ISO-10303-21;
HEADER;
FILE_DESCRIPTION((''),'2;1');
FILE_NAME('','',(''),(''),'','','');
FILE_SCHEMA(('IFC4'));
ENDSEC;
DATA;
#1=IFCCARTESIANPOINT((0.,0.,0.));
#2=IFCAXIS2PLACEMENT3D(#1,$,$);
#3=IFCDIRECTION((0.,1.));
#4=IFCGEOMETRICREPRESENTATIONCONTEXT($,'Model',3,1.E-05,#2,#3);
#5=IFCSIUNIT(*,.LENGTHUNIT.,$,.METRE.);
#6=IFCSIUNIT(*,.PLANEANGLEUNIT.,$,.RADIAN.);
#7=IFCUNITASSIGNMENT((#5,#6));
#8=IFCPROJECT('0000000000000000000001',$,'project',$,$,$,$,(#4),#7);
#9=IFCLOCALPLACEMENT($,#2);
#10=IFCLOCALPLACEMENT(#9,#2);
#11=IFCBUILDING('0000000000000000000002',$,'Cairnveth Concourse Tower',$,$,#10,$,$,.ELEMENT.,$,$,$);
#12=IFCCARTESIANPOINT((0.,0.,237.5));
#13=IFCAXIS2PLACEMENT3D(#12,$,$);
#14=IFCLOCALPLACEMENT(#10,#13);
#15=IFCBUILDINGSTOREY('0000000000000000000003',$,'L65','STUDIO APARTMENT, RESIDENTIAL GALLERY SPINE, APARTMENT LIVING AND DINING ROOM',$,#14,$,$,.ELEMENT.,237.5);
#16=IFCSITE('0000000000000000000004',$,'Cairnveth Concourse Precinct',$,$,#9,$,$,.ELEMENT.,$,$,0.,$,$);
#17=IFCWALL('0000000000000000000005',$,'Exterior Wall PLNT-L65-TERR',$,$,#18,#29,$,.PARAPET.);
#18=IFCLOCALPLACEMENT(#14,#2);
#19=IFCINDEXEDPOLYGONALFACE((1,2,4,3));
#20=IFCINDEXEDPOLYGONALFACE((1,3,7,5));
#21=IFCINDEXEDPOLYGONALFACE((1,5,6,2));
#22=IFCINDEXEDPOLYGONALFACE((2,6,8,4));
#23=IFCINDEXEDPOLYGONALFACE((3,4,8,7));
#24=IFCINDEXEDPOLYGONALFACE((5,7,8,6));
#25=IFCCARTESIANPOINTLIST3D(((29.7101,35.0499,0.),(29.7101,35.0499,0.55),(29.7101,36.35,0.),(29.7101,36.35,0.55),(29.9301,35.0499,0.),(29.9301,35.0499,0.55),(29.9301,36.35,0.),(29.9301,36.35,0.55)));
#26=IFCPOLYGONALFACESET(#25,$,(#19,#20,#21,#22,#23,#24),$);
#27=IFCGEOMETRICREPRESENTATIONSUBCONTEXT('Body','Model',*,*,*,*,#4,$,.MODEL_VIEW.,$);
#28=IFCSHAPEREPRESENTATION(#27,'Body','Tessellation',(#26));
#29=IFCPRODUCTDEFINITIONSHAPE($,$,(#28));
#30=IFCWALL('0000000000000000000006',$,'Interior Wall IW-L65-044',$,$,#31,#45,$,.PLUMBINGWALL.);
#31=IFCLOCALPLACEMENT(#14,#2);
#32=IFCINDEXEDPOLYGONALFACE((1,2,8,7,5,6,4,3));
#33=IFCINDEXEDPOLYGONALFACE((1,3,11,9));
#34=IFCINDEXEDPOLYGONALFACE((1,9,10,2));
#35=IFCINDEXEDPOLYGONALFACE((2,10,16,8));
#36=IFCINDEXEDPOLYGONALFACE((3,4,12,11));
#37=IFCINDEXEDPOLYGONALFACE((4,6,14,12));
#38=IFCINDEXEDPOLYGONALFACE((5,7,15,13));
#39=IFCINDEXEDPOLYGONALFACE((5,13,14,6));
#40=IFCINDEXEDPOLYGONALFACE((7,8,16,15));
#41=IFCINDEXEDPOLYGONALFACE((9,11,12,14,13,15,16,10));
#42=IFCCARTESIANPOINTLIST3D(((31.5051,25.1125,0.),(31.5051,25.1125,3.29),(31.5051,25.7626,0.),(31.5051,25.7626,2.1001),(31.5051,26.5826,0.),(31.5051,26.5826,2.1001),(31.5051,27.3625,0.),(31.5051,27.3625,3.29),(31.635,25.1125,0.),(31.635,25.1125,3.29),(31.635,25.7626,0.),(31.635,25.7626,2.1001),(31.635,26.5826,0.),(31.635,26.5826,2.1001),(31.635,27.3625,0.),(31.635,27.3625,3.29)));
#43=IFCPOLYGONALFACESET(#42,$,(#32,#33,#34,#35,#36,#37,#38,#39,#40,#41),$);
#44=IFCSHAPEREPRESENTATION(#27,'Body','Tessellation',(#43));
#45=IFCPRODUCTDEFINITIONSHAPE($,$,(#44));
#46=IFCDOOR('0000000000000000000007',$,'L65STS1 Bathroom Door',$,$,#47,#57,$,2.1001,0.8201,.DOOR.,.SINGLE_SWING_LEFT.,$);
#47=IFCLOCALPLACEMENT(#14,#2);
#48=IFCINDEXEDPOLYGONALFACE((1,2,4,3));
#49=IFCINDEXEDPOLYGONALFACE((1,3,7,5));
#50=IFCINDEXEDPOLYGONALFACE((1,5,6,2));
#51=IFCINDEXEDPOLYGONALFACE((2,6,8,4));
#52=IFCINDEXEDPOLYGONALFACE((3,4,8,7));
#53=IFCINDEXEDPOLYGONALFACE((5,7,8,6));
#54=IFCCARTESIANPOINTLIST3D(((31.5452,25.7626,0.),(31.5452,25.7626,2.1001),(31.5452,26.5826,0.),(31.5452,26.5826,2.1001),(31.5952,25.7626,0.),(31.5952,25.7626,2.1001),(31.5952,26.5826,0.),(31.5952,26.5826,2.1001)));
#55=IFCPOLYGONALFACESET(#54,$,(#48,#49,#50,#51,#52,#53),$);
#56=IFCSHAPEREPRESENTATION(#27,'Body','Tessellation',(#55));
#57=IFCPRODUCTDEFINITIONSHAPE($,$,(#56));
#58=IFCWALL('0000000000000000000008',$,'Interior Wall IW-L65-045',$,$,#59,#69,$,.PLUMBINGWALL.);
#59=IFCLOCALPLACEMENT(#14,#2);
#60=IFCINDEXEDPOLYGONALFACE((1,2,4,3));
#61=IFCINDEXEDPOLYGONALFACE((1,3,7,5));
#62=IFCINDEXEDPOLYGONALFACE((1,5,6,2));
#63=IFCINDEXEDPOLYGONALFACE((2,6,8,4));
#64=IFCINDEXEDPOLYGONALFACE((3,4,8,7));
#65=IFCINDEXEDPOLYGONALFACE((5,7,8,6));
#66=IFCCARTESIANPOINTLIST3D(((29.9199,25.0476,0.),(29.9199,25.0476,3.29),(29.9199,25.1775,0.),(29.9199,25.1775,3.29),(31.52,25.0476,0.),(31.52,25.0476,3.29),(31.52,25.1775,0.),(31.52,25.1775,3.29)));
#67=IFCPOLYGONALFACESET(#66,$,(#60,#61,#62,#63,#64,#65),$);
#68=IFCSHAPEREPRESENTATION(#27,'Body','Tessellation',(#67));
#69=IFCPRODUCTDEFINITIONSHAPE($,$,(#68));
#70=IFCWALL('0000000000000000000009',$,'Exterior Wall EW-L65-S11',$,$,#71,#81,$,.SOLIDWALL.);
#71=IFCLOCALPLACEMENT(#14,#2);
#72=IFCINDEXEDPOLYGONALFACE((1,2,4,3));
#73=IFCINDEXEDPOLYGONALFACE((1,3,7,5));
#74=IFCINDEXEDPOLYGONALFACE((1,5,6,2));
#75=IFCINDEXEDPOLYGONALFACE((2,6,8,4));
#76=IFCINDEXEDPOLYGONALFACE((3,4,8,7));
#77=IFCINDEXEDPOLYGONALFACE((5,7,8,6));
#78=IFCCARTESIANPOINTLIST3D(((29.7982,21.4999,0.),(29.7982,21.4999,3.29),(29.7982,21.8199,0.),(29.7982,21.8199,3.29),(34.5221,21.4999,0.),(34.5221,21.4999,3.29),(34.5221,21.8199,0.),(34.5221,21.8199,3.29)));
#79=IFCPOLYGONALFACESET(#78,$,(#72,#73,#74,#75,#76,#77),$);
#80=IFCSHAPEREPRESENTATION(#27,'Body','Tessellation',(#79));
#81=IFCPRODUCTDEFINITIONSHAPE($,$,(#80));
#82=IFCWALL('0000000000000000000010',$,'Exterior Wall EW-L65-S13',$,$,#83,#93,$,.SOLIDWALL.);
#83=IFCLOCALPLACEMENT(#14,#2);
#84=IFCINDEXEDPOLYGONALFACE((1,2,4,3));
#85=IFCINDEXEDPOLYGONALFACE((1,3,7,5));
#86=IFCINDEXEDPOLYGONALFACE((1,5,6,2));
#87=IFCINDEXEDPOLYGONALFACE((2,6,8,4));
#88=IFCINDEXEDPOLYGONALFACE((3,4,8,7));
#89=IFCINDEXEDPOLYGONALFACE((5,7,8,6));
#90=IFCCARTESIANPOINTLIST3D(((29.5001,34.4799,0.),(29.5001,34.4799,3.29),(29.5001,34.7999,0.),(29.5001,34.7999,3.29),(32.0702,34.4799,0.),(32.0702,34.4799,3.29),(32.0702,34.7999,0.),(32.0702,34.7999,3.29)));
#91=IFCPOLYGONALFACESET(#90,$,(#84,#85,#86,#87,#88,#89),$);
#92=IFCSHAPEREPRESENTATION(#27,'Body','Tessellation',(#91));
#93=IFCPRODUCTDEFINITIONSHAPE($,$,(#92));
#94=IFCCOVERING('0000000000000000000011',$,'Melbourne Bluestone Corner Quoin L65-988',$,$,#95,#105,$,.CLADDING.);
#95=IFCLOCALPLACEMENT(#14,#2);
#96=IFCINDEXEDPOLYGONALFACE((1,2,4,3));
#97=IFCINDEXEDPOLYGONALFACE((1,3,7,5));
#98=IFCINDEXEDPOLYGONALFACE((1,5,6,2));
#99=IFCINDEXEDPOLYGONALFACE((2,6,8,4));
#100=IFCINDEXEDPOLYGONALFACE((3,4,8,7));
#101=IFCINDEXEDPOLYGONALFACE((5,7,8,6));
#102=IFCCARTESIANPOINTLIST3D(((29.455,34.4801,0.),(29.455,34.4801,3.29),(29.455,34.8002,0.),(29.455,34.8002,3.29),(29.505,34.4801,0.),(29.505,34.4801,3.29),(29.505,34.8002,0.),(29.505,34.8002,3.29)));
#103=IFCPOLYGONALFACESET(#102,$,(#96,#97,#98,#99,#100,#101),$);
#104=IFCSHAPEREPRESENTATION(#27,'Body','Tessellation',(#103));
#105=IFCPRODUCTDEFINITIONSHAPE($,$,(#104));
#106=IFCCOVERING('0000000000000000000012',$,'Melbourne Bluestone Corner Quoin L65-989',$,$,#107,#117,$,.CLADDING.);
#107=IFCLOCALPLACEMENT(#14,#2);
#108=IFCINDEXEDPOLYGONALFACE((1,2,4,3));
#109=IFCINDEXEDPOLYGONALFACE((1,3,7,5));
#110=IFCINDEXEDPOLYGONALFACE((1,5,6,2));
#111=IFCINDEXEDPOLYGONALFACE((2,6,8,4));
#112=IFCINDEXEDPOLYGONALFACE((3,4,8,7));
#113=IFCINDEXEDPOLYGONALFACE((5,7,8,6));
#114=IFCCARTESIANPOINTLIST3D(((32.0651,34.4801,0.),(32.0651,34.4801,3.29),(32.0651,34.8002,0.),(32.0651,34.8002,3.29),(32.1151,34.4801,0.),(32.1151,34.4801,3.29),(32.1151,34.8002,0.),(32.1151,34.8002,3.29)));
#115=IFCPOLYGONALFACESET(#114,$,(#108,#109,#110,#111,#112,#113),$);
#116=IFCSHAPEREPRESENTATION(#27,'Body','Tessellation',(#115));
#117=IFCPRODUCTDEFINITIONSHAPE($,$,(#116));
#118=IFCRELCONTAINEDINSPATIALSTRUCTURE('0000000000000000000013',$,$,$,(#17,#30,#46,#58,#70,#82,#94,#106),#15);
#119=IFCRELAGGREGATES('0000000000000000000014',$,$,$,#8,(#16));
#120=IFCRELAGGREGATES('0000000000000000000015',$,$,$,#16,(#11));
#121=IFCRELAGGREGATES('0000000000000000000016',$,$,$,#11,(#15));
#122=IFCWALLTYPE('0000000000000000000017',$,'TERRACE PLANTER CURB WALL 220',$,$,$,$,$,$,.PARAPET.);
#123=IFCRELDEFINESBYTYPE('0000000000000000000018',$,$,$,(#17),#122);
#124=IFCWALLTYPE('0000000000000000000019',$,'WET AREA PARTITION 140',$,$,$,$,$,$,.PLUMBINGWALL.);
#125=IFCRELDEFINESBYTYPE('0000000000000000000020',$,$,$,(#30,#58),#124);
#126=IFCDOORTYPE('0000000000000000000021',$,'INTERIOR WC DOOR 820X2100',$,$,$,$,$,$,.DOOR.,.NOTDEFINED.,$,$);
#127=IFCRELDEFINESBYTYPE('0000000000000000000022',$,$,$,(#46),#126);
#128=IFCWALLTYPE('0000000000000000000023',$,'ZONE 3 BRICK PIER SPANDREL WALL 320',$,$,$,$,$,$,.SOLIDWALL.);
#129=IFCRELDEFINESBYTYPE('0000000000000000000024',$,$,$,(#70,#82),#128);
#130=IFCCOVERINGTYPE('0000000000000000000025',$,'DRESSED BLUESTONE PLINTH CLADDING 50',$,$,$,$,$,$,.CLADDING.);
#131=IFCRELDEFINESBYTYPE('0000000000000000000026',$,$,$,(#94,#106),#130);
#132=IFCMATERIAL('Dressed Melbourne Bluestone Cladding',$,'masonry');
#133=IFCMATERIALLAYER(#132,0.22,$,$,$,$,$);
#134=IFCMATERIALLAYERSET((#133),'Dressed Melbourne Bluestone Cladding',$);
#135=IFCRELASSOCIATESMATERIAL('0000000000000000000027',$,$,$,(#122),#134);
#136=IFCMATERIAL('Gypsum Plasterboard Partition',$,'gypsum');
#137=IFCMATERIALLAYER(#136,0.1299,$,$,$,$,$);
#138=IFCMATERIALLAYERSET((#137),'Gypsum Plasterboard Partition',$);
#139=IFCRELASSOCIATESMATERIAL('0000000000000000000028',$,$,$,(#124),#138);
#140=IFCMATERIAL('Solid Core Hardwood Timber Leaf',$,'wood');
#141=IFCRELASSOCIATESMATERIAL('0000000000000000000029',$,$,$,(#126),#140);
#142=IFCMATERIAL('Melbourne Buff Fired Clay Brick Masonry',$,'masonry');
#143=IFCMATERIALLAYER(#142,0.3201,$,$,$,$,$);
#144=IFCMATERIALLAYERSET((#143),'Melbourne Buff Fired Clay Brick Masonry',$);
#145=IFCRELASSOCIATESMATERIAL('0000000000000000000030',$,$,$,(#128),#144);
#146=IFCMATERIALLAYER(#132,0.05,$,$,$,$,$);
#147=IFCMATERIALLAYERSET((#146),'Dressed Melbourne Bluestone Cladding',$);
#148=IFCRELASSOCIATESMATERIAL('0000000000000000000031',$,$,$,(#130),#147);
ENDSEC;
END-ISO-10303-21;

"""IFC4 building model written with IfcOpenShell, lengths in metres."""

from ifc_helpers import new_model, si_unit, direction, frame, frame_2d, origin, place, context, subcontext, project, spatial, rectangle, extrude, material, layer, layer_set, type_object, element, fill, save


model = new_model("IFC4")

# Units and contexts
model_context = context("Model", 3, precision=1e-05, world=origin(), true_north=direction((0.0, 1.0)))
body_context = subcontext(model_context, "Body", "Model", "MODEL_VIEW")
ifc_project = project(units=[si_unit("LENGTHUNIT", "METRE"), si_unit("PLANEANGLEUNIT", "RADIAN")], contexts=[model_context])

# Site, building, storey
site_placement = place(None, origin())
site = spatial("IfcSite", under=ifc_project, at=site_placement, Name="Cairnveth Concourse Precinct", CompositionType="ELEMENT", RefElevation=0.0)
building_placement = place(site_placement, origin())
building = spatial("IfcBuilding", under=site, at=building_placement, Name="Cairnveth Concourse Tower", CompositionType="ELEMENT")
storey_placement = place(building_placement, frame((0.0, 0.0, 237.5)))
storey = spatial("IfcBuildingStorey", under=building, at=storey_placement, Name="L65", Description="STUDIO APARTMENT, RESIDENTIAL GALLERY SPINE, APARTMENT LIVING AND DINING ROOM", CompositionType="ELEMENT", Elevation=237.5)

# Shared definitions
ifc_material_1 = material(Name="Gypsum Plasterboard Partition", Category="gypsum")
ifc_material_2 = material(Name="Solid Core Hardwood Timber Leaf", Category="wood")

# Wall
ifc_material_3 = material(Name="Dressed Melbourne Bluestone Cladding", Category="masonry")
ifc_layer_1 = layer(ifc_material_3, 0.22)
ifc_layer_set_1 = layer_set([ifc_layer_1], Name="Dressed Melbourne Bluestone Cladding")
wall_type_1 = type_object("IfcWallType", Name="TERRACE PLANTER CURB WALL 220", PredefinedType="PARAPET", material=ifc_layer_set_1)
wall_1_placement = place(storey_placement, frame((29.8201, 35.05, 0.0), z_axis=(0.0, 0.0, 1.0), x_axis=(0.0, 1.0, 0.0)))
element("IfcWall", 1, at=wall_1_placement, inside=storey, type_object=wall_type_1, Name="Exterior Wall PLNT-L65-TERR", PredefinedType="PARAPET", context=body_context, shape_type="SweptSolid", body=[
    extrude(rectangle(XDim=1.3, YDim=0.22, at=frame_2d((0.6499, 0.0))), origin(), (0.0, 0.0, 1.0), 0.55),
])

# Wall, opening, door
ifc_layer_2 = layer(ifc_material_1, 0.1299)
ifc_layer_set_2 = layer_set([ifc_layer_2], Name="Gypsum Plasterboard Partition")
wall_type_2 = type_object("IfcWallType", Name="WET AREA PARTITION 140", PredefinedType="PLUMBINGWALL", material=ifc_layer_set_2)
wall_2_placement = place(storey_placement, frame((31.5701, 25.1125, 0.0), z_axis=(0.0, 0.0, 1.0), x_axis=(0.0, 1.0, 0.0)))
wall_2 = element("IfcWall", 2, at=wall_2_placement, inside=storey, type_object=wall_type_2, Name="Interior Wall IW-L65-044", PredefinedType="PLUMBINGWALL", context=body_context, shape_type="SweptSolid", body=[
    extrude(rectangle(XDim=2.25, YDim=0.1299, at=frame_2d((1.125, 0.0))), origin(), (0.0, 0.0, 1.0), 3.29),
])
opening_1_placement = place(wall_2_placement, frame((0.6499, 0.0, 0.0)))
opening_1 = element("IfcOpeningElement", 3, at=opening_1_placement, cuts=wall_2, PredefinedType="OPENING", context=body_context, shape_type="SweptSolid", body=[
    extrude(rectangle(XDim=0.8201, YDim=2.1001, at=frame_2d((0.4102, 1.05))), frame((0.0, 0.075, 0.0), z_axis=(0.0, -1.0, 0.0), x_axis=(1.0, 0.0, 0.0)), (0.0, 0.0, 1.0), 0.1499),
])
door_type_1 = type_object("IfcDoorType", Name="INTERIOR WC DOOR 820X2100", OperationType="NOTDEFINED", PredefinedType="DOOR", material=ifc_material_2)
door_1_placement = place(opening_1_placement, origin())
door_1 = element("IfcDoor", 4, at=door_1_placement, inside=storey, type_object=door_type_1, Name="L65STS1 Bathroom Door", OperationType="SINGLE_SWING_LEFT", OverallHeight=2.1001, OverallWidth=0.8201, PredefinedType="DOOR", context=body_context, shape_type="SweptSolid", body=[
    extrude(rectangle(XDim=0.8201, YDim=2.1001, at=frame_2d((0.4102, 1.05))), frame((0.0, 0.0249, 0.0), z_axis=(0.0, -1.0, 0.0), x_axis=(1.0, 0.0, 0.0)), (0.0, 0.0, 1.0), 0.05),
])
fill(opening_1, door_1)

# Walls
wall_3_placement = place(storey_placement, frame((29.9199, 25.1125, 0.0), z_axis=(0.0, 0.0, 1.0), x_axis=(1.0, 0.0, 0.0)))
element("IfcWall", 5, at=wall_3_placement, inside=storey, type_object=wall_type_2, Name="Interior Wall IW-L65-045", PredefinedType="PLUMBINGWALL", context=body_context, shape_type="SweptSolid", body=[
    extrude(rectangle(XDim=1.6001, YDim=0.1299, at=frame_2d((0.8, 0.0))), origin(), (0.0, 0.0, 1.0), 3.29),
])
ifc_material_4 = material(Name="Melbourne Buff Fired Clay Brick Masonry", Category="masonry")
ifc_layer_3 = layer(ifc_material_4, 0.3201)
ifc_layer_set_3 = layer_set([ifc_layer_3], Name="Melbourne Buff Fired Clay Brick Masonry")
wall_type_3 = type_object("IfcWallType", Name="ZONE 3 BRICK PIER SPANDREL WALL 320", PredefinedType="SOLIDWALL", material=ifc_layer_set_3)
wall_4_placement = place(storey_placement, frame((34.522, 21.6599, 0.0), z_axis=(0.0, 0.0, 1.0), x_axis=(-1.0, 0.0, 0.0)))
element("IfcWall", 6, at=wall_4_placement, inside=storey, type_object=wall_type_3, Name="Exterior Wall EW-L65-S11", PredefinedType="SOLIDWALL", context=body_context, shape_type="SweptSolid", body=[
    extrude(rectangle(XDim=4.7239, YDim=0.3201, at=frame_2d((2.3618, 0.0))), origin(), (0.0, 0.0, 1.0), 3.29),
])
wall_5_placement = place(storey_placement, frame((29.5, 34.6399, 0.0), z_axis=(0.0, 0.0, 1.0), x_axis=(1.0, 0.0, 0.0)))
element("IfcWall", 7, at=wall_5_placement, inside=storey, type_object=wall_type_3, Name="Exterior Wall EW-L65-S13", PredefinedType="SOLIDWALL", context=body_context, shape_type="SweptSolid", body=[
    extrude(rectangle(XDim=2.5701, YDim=0.3201, at=frame_2d((1.2852, 0.0))), origin(), (0.0, 0.0, 1.0), 3.29),
])

# Coverings
ifc_layer_4 = layer(ifc_material_3, 0.05)
ifc_layer_set_4 = layer_set([ifc_layer_4], Name="Dressed Melbourne Bluestone Cladding")
covering_type = type_object("IfcCoveringType", Name="DRESSED BLUESTONE PLINTH CLADDING 50", PredefinedType="CLADDING", material=ifc_layer_set_4)
for number, where, z_axis, x_axis, name in (
    (8, (29.48, 34.48, 0.0), (0.0, 0.0, 1.0), (0.0, 1.0, 0.0), "Melbourne Bluestone Corner Quoin L65-988"),
    (9, (32.0901, 34.48, 0.0), (0.0, 0.0, 1.0), (0.0, 1.0, 0.0), "Melbourne Bluestone Corner Quoin L65-989"),
):
    element("IfcCovering", number, at=place(storey_placement, frame(where, z_axis=z_axis, x_axis=x_axis)), inside=storey, type_object=covering_type, Name=name, PredefinedType="CLADDING", context=body_context, shape_type="SweptSolid", body=[
        extrude(rectangle(XDim=0.3201, YDim=0.05, at=frame_2d((0.1602, 0.0))), origin(), (0.0, 0.0, 1.0), 3.29),
    ])

save(model, "model.ifc")
